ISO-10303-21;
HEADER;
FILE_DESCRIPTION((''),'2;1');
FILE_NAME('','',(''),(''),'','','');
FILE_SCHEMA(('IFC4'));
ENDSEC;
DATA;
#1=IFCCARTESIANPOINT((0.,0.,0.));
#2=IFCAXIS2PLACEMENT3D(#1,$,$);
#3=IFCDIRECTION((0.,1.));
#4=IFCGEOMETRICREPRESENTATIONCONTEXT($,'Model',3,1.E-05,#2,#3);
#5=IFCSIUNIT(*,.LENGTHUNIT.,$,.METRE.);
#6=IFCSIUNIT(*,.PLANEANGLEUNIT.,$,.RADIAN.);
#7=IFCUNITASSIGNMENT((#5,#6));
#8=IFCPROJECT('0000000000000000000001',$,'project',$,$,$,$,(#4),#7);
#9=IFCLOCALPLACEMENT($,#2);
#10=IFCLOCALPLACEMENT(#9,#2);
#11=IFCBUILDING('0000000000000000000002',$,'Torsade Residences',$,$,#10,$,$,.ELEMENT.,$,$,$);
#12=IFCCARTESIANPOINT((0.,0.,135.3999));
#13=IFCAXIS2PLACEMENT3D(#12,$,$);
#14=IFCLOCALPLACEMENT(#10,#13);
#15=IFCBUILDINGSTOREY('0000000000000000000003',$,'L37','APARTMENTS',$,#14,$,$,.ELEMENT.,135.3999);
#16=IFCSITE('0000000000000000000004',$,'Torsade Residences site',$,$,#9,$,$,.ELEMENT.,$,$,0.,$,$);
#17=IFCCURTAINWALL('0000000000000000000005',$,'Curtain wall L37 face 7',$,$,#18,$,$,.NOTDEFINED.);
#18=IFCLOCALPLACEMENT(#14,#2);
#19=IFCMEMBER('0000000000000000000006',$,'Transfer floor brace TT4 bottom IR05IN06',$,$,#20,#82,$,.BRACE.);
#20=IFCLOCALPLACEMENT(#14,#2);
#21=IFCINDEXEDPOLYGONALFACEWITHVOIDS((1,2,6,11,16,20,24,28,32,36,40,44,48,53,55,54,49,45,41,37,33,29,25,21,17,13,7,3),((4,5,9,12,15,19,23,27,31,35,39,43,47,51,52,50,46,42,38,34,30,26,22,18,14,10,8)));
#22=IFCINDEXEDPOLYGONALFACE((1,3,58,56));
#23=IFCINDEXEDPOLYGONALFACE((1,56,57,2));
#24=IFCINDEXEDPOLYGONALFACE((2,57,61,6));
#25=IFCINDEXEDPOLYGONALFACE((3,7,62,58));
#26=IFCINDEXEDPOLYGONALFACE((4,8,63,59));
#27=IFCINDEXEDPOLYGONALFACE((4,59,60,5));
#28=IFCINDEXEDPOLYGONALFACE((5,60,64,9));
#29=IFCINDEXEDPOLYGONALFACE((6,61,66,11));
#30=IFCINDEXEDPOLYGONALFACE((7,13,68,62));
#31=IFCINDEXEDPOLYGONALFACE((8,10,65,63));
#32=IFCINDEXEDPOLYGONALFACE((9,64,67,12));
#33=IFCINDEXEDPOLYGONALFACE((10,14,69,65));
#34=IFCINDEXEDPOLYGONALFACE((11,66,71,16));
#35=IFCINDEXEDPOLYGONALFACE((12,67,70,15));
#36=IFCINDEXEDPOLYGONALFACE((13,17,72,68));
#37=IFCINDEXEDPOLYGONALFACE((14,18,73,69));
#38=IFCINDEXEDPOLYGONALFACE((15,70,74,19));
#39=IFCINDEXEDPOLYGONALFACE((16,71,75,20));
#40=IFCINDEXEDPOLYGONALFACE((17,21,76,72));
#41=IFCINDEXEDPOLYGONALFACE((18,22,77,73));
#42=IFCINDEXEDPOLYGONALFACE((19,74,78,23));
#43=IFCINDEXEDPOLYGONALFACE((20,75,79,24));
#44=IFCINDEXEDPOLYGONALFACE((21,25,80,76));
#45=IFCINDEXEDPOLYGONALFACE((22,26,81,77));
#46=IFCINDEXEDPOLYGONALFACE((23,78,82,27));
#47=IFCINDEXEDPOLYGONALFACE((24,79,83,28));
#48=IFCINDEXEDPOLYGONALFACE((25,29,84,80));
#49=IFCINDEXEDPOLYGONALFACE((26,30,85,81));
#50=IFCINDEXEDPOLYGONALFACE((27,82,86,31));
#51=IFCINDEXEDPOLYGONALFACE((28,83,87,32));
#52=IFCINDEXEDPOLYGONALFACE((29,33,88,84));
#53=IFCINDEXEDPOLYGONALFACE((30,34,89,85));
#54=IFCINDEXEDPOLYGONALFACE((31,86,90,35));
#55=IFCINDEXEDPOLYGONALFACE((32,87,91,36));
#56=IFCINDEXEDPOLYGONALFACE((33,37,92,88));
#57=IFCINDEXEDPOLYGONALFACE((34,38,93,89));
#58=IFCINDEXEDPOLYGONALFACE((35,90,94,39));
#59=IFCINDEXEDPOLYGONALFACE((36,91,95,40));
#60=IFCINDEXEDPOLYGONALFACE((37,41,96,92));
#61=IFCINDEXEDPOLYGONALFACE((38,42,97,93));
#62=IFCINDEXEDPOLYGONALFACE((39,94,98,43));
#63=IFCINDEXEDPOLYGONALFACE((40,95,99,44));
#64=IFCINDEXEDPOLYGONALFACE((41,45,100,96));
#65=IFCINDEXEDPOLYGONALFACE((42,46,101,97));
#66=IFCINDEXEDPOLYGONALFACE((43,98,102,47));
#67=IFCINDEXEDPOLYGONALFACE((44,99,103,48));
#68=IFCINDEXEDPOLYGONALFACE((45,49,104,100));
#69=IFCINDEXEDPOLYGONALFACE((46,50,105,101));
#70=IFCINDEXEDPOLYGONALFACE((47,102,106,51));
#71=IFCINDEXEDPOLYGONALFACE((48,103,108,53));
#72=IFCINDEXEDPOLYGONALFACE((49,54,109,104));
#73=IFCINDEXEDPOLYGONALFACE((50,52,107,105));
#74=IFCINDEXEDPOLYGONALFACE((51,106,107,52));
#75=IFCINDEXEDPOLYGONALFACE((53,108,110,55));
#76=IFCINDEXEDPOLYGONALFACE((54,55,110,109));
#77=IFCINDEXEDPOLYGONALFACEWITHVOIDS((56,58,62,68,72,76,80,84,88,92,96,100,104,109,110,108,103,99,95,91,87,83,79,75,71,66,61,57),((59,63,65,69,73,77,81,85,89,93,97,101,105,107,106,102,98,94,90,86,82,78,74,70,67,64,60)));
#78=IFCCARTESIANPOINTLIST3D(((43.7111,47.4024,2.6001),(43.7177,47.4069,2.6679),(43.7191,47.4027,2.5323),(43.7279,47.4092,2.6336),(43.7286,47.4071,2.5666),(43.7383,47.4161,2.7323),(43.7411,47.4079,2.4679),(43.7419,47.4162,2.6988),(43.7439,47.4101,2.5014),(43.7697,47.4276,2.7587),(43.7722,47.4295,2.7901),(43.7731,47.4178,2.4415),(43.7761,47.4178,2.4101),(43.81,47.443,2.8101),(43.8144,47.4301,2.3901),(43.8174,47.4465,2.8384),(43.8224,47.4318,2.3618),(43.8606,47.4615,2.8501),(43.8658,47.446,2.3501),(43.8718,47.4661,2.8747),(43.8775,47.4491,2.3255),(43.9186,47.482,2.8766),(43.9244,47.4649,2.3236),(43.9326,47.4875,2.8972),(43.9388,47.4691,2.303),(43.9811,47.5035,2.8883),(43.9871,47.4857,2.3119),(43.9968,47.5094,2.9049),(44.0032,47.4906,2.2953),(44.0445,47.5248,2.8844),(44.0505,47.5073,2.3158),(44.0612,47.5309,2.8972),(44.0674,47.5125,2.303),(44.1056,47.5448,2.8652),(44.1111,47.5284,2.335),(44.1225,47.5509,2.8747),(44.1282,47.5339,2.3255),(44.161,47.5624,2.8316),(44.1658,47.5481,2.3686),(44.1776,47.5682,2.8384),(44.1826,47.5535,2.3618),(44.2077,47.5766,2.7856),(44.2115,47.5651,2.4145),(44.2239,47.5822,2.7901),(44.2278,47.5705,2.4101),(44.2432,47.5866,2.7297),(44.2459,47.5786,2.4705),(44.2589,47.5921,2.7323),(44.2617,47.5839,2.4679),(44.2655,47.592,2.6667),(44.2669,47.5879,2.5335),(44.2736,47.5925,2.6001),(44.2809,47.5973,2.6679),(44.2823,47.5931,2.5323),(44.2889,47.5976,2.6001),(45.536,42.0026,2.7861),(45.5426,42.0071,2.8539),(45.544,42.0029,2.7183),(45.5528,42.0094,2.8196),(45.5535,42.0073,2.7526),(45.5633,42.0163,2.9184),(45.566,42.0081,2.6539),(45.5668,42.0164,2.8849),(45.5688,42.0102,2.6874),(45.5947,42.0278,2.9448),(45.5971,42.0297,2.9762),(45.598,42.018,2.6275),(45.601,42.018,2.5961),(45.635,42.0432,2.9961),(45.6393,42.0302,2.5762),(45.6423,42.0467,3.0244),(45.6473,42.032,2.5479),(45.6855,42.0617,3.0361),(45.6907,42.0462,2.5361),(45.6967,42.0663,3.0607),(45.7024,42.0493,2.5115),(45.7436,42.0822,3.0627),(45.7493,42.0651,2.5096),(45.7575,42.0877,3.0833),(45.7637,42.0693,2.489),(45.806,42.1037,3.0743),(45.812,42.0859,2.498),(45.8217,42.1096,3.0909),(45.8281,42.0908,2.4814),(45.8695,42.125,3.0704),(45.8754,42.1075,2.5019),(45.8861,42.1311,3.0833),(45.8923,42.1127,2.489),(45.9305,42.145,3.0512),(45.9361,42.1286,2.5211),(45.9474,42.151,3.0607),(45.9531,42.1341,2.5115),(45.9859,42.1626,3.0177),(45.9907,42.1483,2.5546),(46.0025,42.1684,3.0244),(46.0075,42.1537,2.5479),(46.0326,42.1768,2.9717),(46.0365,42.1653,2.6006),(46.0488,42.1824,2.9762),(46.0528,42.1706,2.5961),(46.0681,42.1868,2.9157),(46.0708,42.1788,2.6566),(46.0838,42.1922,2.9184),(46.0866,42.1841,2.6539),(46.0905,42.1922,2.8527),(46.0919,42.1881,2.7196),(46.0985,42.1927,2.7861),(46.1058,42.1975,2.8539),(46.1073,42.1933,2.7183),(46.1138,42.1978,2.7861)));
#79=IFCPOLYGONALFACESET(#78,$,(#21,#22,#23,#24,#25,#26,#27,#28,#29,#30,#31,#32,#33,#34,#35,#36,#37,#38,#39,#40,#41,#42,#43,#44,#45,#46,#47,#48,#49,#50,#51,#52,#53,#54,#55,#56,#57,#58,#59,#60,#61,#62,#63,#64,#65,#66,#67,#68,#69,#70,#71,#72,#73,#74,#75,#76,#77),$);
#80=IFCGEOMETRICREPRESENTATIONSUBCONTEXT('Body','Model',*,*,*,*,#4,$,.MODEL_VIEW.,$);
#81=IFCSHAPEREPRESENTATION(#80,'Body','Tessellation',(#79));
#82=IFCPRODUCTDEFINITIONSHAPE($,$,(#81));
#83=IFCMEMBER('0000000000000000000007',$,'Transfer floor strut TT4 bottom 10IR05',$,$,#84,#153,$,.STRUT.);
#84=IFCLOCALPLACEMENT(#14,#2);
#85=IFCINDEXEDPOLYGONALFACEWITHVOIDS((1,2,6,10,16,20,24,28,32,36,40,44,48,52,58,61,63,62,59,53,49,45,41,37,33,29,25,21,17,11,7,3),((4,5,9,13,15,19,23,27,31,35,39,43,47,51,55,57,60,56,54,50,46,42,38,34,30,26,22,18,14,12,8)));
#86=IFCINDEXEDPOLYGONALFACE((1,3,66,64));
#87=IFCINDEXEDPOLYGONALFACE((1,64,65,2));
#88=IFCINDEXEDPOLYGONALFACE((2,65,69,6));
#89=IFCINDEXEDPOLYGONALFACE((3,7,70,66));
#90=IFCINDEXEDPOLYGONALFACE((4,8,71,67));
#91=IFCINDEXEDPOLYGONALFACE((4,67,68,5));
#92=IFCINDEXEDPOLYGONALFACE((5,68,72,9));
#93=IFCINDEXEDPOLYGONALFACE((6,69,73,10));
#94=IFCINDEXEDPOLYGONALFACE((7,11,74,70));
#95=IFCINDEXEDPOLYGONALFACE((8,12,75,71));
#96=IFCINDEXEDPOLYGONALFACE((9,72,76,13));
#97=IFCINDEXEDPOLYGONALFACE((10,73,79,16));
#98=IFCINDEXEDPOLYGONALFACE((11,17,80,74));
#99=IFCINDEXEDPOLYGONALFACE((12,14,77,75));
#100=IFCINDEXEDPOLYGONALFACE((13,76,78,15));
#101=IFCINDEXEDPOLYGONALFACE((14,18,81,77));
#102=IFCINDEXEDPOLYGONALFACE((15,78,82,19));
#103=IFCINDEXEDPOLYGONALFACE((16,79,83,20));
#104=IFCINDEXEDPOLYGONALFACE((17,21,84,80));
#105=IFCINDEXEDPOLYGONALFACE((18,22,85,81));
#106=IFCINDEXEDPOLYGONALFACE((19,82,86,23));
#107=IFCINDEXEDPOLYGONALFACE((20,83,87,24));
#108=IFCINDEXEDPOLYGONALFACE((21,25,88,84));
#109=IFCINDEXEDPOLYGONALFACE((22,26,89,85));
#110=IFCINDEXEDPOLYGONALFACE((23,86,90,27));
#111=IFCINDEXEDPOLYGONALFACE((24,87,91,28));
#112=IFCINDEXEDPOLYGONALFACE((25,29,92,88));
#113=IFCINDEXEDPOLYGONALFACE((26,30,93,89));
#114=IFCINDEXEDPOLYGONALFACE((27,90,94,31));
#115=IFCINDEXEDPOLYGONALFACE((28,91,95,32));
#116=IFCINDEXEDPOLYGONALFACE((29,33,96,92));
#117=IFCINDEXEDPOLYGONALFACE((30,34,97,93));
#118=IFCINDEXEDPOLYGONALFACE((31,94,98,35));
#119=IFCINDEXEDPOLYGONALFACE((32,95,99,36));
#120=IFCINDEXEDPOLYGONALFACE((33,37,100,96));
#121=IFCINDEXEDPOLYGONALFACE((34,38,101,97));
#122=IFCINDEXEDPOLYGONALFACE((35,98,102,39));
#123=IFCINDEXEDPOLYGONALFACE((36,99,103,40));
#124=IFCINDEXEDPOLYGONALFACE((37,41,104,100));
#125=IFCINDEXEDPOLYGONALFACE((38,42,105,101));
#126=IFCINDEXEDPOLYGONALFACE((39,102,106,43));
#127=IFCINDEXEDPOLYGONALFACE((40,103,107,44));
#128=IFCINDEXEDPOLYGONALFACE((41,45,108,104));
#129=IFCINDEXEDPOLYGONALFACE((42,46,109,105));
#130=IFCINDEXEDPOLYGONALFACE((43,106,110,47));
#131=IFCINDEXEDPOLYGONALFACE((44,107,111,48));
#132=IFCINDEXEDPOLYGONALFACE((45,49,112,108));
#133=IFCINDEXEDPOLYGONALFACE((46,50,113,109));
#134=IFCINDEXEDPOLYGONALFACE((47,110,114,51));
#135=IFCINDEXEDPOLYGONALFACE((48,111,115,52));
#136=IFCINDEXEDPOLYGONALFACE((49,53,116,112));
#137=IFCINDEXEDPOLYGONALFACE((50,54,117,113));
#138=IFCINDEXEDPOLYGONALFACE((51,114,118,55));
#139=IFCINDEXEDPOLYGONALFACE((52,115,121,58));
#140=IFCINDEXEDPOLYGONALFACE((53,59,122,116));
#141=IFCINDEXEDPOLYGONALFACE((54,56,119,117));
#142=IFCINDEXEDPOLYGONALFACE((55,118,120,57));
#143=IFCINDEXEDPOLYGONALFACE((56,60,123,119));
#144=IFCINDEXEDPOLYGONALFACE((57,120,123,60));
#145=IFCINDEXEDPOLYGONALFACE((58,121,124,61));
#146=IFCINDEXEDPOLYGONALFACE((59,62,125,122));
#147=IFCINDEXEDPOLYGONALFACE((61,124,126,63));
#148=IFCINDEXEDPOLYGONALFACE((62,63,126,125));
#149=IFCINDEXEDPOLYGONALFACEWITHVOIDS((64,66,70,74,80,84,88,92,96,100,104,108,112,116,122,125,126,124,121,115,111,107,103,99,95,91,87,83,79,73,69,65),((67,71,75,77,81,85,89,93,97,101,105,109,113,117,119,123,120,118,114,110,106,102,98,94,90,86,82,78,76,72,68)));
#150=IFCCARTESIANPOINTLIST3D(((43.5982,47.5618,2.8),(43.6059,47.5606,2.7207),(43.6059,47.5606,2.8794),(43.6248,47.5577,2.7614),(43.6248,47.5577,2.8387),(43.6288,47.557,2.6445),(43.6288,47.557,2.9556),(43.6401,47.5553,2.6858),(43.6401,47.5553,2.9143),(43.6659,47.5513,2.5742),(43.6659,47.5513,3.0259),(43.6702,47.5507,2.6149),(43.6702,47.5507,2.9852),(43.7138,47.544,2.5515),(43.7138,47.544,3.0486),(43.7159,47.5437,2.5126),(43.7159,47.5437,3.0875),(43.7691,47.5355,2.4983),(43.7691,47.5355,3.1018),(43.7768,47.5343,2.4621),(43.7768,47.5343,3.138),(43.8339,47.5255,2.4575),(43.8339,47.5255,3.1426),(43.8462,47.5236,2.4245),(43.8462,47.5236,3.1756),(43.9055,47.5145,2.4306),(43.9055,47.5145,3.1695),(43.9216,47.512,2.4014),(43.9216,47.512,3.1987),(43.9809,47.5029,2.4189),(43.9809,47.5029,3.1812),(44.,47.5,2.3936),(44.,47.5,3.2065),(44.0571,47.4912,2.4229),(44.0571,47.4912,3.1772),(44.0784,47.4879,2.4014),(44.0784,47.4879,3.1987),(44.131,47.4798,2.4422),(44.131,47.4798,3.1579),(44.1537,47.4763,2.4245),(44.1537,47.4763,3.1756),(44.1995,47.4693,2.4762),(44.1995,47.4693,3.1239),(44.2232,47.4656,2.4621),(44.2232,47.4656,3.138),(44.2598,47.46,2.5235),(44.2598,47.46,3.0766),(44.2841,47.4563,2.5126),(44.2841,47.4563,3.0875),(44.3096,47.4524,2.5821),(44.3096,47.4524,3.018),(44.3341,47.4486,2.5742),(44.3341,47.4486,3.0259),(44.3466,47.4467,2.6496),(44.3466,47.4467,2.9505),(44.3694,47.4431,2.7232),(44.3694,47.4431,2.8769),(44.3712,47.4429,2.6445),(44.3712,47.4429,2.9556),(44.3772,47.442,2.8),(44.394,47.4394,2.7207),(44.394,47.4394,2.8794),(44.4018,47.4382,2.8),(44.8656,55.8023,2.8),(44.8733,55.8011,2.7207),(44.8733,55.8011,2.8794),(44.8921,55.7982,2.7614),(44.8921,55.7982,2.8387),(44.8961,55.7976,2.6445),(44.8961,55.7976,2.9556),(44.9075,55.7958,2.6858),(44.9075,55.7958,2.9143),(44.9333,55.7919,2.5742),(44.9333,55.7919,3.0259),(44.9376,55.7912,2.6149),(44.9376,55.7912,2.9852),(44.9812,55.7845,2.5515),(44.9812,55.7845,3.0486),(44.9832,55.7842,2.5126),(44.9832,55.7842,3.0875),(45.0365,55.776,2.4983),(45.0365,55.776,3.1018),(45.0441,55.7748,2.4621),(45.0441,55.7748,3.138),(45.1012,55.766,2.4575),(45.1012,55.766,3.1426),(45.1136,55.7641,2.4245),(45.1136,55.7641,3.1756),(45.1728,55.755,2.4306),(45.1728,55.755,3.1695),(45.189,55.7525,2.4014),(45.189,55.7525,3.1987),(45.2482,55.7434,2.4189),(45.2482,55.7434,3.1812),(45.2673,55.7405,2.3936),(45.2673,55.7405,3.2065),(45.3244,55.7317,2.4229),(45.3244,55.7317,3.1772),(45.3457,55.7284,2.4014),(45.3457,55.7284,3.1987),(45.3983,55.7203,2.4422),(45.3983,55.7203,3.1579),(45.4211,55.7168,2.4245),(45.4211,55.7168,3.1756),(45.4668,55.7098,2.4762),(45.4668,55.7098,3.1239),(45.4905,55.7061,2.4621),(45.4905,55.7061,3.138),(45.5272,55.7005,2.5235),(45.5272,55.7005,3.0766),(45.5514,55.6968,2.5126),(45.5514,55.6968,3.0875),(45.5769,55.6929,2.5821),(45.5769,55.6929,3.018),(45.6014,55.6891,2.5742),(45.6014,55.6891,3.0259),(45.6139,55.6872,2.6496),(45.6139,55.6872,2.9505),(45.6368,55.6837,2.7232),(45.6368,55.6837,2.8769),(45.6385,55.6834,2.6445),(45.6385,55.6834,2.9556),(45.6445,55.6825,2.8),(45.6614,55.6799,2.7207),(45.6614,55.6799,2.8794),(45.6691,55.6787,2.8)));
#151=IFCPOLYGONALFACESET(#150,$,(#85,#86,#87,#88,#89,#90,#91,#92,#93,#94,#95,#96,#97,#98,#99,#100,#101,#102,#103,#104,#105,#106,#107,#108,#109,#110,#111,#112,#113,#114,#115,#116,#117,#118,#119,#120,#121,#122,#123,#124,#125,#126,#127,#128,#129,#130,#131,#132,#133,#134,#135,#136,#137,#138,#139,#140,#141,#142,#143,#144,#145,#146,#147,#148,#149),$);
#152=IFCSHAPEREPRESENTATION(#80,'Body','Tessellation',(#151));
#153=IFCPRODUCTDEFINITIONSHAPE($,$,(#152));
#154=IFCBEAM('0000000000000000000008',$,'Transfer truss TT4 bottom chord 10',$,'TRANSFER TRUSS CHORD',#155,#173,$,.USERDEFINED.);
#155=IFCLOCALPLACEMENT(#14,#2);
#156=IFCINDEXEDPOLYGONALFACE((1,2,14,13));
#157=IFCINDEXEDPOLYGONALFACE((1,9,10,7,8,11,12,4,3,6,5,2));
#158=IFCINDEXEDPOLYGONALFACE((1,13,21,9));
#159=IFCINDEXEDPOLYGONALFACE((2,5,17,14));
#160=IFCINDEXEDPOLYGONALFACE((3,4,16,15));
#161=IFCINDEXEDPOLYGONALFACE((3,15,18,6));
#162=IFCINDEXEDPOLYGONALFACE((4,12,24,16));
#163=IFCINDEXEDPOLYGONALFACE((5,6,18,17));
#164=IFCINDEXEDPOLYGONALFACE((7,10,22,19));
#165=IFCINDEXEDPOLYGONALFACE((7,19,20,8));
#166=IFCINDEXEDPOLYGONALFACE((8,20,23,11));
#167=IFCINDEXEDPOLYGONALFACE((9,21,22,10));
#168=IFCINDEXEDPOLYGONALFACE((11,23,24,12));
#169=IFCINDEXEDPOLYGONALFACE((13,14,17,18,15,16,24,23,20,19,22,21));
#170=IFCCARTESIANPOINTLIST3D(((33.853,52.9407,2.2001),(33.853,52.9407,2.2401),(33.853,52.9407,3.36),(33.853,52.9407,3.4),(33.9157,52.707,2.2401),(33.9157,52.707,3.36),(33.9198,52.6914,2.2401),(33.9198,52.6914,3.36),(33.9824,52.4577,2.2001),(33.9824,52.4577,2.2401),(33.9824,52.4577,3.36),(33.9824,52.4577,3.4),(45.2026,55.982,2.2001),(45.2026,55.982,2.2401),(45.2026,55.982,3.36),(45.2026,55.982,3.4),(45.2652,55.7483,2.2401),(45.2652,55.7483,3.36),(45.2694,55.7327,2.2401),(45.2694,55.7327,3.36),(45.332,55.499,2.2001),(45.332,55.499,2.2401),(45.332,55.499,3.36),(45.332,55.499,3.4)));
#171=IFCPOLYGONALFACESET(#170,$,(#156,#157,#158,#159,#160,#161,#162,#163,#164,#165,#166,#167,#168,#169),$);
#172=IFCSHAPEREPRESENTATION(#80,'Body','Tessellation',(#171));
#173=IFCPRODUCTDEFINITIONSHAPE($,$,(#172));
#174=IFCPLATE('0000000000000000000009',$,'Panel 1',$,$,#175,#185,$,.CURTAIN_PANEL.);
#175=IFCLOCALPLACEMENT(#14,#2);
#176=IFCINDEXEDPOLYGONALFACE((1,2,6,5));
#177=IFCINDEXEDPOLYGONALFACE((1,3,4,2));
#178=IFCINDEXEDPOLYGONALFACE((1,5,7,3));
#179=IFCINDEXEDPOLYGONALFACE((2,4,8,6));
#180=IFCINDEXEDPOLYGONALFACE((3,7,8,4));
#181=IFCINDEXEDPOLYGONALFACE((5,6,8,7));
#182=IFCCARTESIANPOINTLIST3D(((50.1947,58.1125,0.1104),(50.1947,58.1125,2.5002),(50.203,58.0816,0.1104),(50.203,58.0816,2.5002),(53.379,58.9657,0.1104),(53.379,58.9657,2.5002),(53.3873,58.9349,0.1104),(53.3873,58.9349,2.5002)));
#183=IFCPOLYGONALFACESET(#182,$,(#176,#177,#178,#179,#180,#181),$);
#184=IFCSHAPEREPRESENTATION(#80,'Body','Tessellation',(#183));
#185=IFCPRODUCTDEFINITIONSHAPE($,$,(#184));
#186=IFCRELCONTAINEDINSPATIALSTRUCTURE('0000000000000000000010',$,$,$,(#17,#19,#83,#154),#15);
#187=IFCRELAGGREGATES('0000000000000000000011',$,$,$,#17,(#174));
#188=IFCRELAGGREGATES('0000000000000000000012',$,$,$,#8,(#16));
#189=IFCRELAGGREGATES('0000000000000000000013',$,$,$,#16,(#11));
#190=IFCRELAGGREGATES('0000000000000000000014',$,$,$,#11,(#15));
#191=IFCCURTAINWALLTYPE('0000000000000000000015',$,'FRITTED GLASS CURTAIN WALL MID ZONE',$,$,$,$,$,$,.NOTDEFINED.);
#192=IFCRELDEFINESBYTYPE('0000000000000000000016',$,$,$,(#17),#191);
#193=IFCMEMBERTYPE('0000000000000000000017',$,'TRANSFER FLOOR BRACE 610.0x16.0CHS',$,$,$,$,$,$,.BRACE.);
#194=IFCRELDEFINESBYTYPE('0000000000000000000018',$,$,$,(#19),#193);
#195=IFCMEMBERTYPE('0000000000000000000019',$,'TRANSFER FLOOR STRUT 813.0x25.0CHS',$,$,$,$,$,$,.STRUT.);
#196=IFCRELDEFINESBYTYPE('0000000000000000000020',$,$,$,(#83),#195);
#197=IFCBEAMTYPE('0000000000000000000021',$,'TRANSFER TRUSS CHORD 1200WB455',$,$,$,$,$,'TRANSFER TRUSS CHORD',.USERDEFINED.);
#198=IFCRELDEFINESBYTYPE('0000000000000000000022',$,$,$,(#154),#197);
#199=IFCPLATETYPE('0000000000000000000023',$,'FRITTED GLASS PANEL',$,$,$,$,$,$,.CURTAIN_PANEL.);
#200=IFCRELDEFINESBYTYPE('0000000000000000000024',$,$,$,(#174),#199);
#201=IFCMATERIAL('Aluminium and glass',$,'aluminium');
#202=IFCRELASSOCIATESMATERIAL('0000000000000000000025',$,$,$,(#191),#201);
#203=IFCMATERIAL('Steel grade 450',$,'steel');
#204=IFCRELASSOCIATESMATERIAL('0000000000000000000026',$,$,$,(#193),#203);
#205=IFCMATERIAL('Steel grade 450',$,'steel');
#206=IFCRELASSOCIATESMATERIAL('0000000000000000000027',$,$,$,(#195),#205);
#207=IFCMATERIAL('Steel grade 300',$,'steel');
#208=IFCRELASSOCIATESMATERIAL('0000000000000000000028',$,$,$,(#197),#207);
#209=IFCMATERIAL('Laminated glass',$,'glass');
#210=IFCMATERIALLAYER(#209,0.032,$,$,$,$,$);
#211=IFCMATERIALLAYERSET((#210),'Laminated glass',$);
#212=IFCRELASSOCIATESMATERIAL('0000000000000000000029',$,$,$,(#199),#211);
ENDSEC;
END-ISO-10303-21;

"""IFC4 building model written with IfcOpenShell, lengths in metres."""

from ifc_helpers import new_model, si_unit, direction, frame, origin, origin_2d, place, context, subcontext, project, spatial, rectangle, hollow_circle, i_section, extrude, material, layer, layer_set, material_profile, profile_set, type_object, element, aggregate, save


model = new_model("IFC4")

# Units and contexts
model_context = context("Model", 3, precision=1e-05, world=origin(), true_north=direction((0.0, 1.0)))
body_context = subcontext(model_context, "Body", "Model", "MODEL_VIEW")
ifc_project = project(units=[si_unit("LENGTHUNIT", "METRE"), si_unit("PLANEANGLEUNIT", "RADIAN")], contexts=[model_context])

# Site, building, storey
site_placement = place(None, origin())
site = spatial("IfcSite", under=ifc_project, at=site_placement, Name="Torsade Residences site", CompositionType="ELEMENT", RefElevation=0.0)
building_placement = place(site_placement, origin())
building = spatial("IfcBuilding", under=site, at=building_placement, Name="Torsade Residences", CompositionType="ELEMENT")
storey_placement = place(building_placement, frame((0.0, 0.0, 135.3999)))
storey = spatial("IfcBuildingStorey", under=building, at=storey_placement, Name="L37", Description="APARTMENTS", CompositionType="ELEMENT", Elevation=135.3999)

# Curtain wall
ifc_material_1 = material(Name="Aluminium and glass", Category="aluminium")
curtain_wall_type = type_object("IfcCurtainWallType", Name="FRITTED GLASS CURTAIN WALL MID ZONE", PredefinedType="NOTDEFINED", material=ifc_material_1)
curtain_wall_placement = place(storey_placement, origin())
curtain_wall = element("IfcCurtainWall", 1, at=curtain_wall_placement, inside=storey, type_object=curtain_wall_type, Name="Curtain wall L37 face 7", PredefinedType="NOTDEFINED")

# Members
ifc_material_2 = material(Name="Steel grade 450", Category="steel")
ifc_material_profile_1 = material_profile(ifc_material_2, hollow_circle(Radius=0.3049, WallThickness=0.0161, at=origin_2d()), Name="610.0x16.0CHS")
ifc_profile_set_1 = profile_set([ifc_material_profile_1], Name="Steel grade 450")
member_type_1 = type_object("IfcMemberType", Name="TRANSFER FLOOR BRACE 610.0x16.0CHS", PredefinedType="BRACE", material=ifc_profile_set_1)
member_1_placement = place(storey_placement, frame((44.0, 47.5, 2.6001), z_axis=(0.319999, -0.946856, 0.032621), x_axis=(0.94736, 0.32017, 0.0)))
element("IfcMember", 2, at=member_1_placement, inside=storey, type_object=member_type_1, Name="Transfer floor brace TT4 bottom IR05IN06", PredefinedType="BRACE", context=body_context, shape_type="SweptSolid", body=[
    extrude(hollow_circle(Radius=0.3049, WallThickness=0.0161, at=origin_2d()), origin(), (0.0, 0.0, 1.0), 5.7029),
])
ifc_material_3 = material(Name="Steel grade 450", Category="steel")
ifc_material_profile_2 = material_profile(ifc_material_3, hollow_circle(Radius=0.4065, WallThickness=0.0249, at=origin_2d()), Name="813.0x25.0CHS")
ifc_profile_set_2 = profile_set([ifc_material_profile_2], Name="Steel grade 450")
member_type_2 = type_object("IfcMemberType", Name="TRANSFER FLOOR STRUT 813.0x25.0CHS", PredefinedType="STRUT", material=ifc_profile_set_2)
member_2_placement = place(storey_placement, frame((45.2673, 55.7405, 2.8), z_axis=(-0.152007, -0.988379, 0.0), x_axis=(0.988379, -0.152007, 0.0)))
element("IfcMember", 3, at=member_2_placement, inside=storey, type_object=member_type_2, Name="Transfer floor strut TT4 bottom 10IR05", PredefinedType="STRUT", context=body_context, shape_type="SweptSolid", body=[
    extrude(hollow_circle(Radius=0.4065, WallThickness=0.0249, at=origin_2d()), origin(), (0.0, 0.0, 1.0), 8.3374),
])

# Beam
ifc_material_4 = material(Name="Steel grade 300", Category="steel")
ifc_material_profile_3 = material_profile(ifc_material_4, i_section(OverallWidth=0.5, OverallDepth=1.2, WebThickness=0.0161, FlangeThickness=0.04, at=origin_2d()), Name="1200WB455")
ifc_profile_set_3 = profile_set([ifc_material_profile_3], Name="Steel grade 300")
beam_type_1 = type_object("IfcBeamType", Name="TRANSFER TRUSS CHORD 1200WB455", ElementType="TRANSFER TRUSS CHORD", PredefinedType="USERDEFINED", material=ifc_profile_set_3)
beam_1_placement = place(storey_placement, frame((45.2673, 55.7405, 2.8), z_axis=(-0.965923, -0.25883, 0.0), x_axis=(0.25883, -0.965923, 0.0)))
element("IfcBeam", 4, at=beam_1_placement, inside=storey, type_object=beam_type_1, Name="Transfer truss TT4 bottom chord 10", ObjectType="TRANSFER TRUSS CHORD", PredefinedType="USERDEFINED", context=body_context, shape_type="SweptSolid", body=[
    extrude(i_section(OverallWidth=0.5, OverallDepth=1.2, WebThickness=0.0161, FlangeThickness=0.04, at=origin_2d()), origin(), (0.0, 0.0, 1.0), 11.75),
])

# Plate
ifc_material_5 = material(Name="Laminated glass", Category="glass")
ifc_layer_1 = layer(ifc_material_5, 0.032)
ifc_layer_set_1 = layer_set([ifc_layer_1], Name="Laminated glass")
plate_type_1 = type_object("IfcPlateType", Name="FRITTED GLASS PANEL", PredefinedType="CURTAIN_PANEL", material=ifc_layer_set_1)
plate_1_placement = place(storey_placement, frame((51.791, 58.5237, 0.1104), z_axis=(0.0, 0.0, 1.0), x_axis=(-0.965926, -0.258819, 0.0)))
plate_1 = element("IfcPlate", 5, at=plate_1_placement, type_object=plate_type_1, Name="Panel 1", PredefinedType="CURTAIN_PANEL", context=body_context, shape_type="SweptSolid", body=[
    extrude(rectangle(XDim=3.2966, YDim=0.032, at=origin_2d()), origin(), (0.0, 0.0, 1.0), 2.3899),
])
aggregate(curtain_wall, [plate_1])

save(model, "model.ifc")
